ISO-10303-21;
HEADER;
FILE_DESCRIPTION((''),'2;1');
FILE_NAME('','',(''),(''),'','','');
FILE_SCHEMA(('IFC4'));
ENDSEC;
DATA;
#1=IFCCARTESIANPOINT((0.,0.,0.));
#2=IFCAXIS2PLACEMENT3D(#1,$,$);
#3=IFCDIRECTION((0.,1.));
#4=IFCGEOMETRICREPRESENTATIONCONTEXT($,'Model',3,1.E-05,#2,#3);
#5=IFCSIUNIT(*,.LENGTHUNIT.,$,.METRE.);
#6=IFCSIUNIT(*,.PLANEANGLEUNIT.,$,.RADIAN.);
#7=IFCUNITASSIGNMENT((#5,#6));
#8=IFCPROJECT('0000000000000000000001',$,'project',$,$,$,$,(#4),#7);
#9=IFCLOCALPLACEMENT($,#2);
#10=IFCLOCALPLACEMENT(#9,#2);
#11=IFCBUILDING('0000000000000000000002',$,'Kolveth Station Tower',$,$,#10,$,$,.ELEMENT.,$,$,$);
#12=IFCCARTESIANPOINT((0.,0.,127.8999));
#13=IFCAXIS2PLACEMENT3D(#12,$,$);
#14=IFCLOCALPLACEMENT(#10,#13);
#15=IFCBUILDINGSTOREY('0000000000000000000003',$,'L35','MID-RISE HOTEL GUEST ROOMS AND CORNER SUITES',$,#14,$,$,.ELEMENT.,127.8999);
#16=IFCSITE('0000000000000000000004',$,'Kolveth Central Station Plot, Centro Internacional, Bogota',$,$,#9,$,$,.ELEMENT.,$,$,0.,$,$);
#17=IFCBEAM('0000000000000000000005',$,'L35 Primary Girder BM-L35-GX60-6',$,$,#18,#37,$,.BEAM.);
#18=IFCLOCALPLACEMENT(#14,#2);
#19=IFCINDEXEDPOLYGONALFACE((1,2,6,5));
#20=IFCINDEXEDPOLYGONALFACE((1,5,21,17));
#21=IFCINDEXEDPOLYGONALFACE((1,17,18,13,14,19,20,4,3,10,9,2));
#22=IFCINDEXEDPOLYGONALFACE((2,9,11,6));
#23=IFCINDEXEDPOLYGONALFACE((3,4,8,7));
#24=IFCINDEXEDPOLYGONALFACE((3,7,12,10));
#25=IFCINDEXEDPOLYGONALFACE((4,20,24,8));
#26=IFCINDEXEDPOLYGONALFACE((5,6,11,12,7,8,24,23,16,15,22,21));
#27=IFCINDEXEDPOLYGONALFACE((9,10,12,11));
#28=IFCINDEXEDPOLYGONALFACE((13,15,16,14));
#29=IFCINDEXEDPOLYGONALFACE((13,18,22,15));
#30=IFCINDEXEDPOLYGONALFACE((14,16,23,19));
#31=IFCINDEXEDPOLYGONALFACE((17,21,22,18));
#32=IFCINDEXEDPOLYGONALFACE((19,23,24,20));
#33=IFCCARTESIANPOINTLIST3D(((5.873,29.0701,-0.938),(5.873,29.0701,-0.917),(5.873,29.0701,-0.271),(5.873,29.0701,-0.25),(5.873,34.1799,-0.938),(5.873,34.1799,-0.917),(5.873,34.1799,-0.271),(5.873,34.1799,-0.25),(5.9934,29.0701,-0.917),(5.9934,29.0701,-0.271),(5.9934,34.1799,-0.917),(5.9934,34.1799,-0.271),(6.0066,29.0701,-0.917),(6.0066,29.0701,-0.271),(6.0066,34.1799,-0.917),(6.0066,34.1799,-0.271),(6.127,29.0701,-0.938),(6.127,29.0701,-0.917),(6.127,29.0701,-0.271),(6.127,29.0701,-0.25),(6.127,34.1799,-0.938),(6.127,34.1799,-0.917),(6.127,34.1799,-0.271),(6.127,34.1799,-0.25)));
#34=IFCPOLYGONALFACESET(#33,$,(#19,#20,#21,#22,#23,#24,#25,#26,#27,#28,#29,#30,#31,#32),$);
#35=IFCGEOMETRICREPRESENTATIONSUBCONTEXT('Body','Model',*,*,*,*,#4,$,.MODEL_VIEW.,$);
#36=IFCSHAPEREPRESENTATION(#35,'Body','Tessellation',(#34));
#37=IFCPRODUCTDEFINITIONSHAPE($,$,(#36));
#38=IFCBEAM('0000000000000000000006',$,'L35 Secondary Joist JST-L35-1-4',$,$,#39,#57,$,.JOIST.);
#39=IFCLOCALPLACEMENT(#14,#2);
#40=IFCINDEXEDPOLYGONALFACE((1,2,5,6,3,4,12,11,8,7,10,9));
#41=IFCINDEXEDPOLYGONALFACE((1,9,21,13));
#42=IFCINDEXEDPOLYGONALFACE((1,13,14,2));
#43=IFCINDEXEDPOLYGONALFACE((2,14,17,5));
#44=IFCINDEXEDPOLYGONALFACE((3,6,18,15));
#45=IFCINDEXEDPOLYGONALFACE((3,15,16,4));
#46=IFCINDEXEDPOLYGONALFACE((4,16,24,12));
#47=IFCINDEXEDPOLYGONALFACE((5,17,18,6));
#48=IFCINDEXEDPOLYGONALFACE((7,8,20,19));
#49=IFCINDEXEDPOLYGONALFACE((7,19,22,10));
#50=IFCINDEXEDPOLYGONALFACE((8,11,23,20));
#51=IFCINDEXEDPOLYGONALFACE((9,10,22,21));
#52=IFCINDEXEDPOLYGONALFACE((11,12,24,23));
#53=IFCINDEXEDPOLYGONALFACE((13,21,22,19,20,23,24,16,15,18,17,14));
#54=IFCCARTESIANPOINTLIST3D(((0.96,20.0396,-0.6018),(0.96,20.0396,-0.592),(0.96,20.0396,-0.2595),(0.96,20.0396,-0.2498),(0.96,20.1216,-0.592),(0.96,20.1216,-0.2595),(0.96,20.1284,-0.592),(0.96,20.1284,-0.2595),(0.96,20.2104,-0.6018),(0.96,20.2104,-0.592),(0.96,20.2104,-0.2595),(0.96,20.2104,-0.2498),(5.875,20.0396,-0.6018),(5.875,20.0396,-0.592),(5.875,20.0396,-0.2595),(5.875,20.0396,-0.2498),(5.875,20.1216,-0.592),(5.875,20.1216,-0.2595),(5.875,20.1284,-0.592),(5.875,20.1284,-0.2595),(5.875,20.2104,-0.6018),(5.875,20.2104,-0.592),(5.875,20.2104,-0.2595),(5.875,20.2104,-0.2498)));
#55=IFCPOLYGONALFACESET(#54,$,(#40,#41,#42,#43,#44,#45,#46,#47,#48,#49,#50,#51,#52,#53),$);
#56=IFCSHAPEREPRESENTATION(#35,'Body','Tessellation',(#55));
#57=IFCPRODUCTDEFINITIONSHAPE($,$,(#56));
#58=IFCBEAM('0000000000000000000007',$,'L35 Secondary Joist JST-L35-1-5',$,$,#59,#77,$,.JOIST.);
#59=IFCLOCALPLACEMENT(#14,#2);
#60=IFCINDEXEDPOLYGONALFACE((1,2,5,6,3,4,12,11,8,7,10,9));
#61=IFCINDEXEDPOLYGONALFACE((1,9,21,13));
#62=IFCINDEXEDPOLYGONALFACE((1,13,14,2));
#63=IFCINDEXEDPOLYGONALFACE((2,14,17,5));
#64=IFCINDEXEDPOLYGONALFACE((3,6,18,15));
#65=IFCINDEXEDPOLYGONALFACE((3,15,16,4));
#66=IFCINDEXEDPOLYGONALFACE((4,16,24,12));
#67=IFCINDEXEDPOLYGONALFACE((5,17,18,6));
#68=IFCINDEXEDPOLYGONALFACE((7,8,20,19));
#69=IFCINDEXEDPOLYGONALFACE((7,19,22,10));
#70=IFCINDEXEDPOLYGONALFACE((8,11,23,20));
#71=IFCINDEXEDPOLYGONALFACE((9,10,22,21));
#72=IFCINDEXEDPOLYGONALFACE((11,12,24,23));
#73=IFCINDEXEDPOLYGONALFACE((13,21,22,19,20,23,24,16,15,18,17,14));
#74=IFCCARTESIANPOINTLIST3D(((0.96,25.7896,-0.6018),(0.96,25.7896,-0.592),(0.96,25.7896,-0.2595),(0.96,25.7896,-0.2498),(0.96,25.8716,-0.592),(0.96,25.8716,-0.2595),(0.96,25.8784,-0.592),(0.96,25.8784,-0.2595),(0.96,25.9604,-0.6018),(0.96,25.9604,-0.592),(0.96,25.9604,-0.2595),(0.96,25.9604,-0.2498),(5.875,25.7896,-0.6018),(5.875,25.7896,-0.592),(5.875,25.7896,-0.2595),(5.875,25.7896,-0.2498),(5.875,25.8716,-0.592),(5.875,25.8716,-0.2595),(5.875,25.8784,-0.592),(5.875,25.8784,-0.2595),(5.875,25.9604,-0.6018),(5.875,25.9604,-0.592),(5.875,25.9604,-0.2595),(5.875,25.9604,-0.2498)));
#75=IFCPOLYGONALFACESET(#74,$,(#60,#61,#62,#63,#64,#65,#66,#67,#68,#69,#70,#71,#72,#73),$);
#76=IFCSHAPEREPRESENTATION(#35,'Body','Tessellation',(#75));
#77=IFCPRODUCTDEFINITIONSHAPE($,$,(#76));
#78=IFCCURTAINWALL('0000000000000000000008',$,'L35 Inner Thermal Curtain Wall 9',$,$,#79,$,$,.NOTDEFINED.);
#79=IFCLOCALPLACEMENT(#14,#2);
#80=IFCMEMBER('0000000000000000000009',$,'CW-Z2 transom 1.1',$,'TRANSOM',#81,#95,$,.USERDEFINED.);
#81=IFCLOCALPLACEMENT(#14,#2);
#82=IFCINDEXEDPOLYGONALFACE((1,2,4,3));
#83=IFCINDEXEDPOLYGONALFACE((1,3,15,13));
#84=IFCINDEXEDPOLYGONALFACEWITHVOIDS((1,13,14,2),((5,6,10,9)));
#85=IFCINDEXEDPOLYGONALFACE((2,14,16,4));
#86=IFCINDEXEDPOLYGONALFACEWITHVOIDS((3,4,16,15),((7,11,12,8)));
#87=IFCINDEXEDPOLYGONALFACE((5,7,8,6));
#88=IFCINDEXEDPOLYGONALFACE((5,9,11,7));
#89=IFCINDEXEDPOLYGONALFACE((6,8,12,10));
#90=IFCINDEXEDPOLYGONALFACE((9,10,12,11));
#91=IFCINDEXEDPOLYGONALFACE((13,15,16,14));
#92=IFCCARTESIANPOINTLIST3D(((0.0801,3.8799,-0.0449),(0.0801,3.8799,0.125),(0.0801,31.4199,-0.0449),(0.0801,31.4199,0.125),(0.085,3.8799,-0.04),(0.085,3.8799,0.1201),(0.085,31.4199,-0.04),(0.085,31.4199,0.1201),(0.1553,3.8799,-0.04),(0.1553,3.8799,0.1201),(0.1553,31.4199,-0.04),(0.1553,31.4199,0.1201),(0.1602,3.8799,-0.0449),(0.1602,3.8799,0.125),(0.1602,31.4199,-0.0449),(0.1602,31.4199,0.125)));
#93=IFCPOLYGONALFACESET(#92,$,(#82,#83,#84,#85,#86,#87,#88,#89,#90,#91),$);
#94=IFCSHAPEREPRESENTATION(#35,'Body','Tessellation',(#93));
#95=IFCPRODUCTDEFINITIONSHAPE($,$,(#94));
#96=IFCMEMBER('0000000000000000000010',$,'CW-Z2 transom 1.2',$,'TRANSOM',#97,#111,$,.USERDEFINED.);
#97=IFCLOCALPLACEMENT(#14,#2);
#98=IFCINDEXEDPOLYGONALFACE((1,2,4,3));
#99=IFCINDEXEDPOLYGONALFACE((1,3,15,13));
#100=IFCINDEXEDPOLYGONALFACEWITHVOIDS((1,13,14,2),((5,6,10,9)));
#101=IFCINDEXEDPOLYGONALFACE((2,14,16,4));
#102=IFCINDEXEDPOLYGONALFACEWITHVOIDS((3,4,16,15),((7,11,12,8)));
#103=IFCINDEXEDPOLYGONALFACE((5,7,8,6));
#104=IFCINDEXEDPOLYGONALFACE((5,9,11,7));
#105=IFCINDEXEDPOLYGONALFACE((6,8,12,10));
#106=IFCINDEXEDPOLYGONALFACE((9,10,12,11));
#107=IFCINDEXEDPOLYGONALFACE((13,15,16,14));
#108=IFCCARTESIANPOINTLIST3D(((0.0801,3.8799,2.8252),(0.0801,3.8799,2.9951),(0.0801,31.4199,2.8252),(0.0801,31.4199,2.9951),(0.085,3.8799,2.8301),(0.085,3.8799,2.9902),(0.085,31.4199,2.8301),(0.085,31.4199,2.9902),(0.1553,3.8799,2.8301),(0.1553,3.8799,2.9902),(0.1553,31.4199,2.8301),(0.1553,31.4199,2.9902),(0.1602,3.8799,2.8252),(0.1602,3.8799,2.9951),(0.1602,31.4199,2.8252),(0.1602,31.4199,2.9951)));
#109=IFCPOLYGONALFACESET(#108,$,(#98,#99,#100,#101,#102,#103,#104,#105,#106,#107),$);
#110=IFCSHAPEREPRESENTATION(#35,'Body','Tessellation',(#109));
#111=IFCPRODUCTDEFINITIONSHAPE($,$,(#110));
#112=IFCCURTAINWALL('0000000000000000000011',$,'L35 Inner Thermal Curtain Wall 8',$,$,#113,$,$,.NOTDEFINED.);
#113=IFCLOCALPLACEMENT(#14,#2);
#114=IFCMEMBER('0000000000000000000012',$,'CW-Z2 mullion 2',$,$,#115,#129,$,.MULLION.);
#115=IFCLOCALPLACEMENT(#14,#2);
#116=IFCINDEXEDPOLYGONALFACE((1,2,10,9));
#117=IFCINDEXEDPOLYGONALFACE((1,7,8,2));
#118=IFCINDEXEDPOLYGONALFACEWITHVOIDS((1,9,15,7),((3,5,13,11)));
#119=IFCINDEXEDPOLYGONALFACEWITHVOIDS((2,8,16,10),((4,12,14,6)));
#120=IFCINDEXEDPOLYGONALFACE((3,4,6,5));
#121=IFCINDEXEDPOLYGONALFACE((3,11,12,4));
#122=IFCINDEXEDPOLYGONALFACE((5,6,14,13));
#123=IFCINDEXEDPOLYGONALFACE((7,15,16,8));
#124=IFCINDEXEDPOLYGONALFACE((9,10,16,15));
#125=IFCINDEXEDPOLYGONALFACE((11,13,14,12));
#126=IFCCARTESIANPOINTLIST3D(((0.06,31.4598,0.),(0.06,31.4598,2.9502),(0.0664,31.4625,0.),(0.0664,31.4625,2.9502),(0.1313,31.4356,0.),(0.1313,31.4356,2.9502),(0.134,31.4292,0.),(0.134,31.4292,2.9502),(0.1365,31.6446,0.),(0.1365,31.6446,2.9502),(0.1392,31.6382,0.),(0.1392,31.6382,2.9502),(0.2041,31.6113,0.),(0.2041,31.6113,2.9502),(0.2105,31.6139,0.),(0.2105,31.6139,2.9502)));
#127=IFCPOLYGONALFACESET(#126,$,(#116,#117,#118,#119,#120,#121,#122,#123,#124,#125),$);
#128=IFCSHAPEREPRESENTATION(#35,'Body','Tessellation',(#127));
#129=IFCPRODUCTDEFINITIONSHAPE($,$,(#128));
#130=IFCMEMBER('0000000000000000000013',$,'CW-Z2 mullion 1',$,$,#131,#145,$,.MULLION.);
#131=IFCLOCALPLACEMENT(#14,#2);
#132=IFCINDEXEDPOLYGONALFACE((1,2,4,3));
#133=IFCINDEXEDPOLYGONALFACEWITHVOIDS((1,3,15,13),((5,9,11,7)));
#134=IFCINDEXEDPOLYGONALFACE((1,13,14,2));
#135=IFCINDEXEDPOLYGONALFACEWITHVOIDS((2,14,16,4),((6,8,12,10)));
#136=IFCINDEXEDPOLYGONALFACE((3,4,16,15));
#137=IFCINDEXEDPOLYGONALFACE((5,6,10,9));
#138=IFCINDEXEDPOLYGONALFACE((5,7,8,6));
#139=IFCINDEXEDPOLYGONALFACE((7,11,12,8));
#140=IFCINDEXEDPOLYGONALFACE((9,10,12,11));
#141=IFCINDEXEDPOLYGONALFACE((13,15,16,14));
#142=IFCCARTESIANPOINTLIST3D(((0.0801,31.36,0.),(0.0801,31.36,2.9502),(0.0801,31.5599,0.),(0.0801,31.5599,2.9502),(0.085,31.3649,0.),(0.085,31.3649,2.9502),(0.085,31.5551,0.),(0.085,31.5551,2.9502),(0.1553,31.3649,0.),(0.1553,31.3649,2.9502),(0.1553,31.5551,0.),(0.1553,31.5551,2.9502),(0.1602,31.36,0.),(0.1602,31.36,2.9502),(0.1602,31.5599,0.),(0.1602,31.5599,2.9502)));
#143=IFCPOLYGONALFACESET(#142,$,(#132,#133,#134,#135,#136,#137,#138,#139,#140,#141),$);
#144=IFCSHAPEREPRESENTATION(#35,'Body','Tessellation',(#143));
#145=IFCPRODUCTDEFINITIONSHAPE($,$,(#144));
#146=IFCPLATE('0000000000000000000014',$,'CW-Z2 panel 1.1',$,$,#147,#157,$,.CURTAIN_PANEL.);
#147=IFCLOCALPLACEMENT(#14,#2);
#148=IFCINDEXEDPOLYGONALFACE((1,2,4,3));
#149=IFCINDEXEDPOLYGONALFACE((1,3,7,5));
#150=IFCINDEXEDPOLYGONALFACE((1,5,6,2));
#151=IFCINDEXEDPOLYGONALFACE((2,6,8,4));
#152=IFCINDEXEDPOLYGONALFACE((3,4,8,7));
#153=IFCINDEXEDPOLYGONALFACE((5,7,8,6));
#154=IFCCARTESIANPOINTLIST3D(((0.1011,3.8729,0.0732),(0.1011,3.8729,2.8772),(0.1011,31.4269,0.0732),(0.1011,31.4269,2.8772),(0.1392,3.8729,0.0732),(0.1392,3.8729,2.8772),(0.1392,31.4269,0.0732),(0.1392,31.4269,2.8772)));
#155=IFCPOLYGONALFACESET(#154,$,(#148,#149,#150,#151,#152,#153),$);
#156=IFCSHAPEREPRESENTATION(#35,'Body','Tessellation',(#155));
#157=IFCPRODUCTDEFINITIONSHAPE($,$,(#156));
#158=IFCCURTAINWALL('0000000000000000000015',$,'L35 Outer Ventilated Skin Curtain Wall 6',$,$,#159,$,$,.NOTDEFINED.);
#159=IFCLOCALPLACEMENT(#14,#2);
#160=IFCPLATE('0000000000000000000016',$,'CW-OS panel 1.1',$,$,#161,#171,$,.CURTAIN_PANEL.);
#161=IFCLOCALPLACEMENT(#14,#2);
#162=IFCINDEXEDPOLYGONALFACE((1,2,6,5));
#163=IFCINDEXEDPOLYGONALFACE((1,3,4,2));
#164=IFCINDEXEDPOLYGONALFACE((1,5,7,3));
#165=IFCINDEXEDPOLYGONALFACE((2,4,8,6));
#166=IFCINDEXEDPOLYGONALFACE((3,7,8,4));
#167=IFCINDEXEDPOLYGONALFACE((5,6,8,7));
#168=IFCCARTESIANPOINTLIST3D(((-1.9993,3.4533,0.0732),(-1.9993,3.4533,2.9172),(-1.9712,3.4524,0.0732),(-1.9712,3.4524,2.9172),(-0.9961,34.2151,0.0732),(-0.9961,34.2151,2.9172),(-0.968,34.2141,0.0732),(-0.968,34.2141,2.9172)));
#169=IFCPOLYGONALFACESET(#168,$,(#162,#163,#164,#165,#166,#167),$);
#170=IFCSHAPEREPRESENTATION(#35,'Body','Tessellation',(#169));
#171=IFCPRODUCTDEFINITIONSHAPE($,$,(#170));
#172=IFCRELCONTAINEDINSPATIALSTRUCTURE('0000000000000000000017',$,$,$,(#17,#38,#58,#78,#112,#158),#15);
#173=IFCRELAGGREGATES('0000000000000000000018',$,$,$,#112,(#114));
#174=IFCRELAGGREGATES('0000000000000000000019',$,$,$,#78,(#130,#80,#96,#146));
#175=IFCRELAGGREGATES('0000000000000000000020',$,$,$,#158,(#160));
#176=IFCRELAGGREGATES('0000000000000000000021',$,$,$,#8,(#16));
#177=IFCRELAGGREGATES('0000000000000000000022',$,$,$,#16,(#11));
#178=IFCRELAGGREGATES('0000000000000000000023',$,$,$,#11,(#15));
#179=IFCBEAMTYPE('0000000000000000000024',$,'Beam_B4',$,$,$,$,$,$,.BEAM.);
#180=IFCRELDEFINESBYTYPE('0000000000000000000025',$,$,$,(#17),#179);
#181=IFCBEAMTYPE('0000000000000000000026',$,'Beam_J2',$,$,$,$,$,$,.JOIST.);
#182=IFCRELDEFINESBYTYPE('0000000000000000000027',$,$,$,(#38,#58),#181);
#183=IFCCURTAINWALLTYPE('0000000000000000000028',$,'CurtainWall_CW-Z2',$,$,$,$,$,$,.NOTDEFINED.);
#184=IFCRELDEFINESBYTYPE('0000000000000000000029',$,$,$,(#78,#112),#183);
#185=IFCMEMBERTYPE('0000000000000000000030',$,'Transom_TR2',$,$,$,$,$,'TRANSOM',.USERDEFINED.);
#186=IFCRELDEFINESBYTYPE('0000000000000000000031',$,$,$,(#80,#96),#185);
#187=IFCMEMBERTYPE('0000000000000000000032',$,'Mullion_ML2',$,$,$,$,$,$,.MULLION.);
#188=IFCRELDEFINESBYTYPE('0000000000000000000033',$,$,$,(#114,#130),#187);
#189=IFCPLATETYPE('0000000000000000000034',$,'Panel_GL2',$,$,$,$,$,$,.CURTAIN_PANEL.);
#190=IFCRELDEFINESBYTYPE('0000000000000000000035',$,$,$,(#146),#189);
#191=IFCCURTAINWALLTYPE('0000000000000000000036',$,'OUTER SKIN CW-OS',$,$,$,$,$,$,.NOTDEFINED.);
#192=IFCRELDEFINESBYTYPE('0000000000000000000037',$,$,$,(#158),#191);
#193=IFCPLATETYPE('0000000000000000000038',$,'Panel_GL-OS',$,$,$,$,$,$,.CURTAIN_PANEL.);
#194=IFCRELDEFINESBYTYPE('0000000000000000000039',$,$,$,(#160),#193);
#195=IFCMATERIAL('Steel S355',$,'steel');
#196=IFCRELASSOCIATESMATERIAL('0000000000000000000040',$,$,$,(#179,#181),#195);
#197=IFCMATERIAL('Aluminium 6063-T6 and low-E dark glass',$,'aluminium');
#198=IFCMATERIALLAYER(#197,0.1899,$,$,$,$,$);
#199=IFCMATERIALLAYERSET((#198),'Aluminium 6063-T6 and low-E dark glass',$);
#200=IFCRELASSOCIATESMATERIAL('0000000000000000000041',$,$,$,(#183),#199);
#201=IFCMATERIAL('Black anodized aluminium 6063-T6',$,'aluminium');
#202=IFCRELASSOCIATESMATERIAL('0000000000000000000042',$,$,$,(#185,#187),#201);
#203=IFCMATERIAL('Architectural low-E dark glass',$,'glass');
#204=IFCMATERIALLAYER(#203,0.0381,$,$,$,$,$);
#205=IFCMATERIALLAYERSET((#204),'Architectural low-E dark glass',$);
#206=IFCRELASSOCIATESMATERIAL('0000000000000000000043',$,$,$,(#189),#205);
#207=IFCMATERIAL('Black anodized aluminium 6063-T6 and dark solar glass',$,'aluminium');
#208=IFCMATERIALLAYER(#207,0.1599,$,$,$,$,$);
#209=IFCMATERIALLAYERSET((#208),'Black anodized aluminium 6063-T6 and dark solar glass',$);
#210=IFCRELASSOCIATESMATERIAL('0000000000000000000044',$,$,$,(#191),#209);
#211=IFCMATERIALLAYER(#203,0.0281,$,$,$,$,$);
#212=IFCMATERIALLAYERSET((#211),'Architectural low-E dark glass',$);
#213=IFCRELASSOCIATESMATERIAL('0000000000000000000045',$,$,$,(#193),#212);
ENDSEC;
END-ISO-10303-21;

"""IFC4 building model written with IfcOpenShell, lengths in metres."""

from ifc_helpers import new_model, si_unit, direction, frame, origin, origin_2d, place, context, subcontext, project, spatial, rectangle, hollow_rectangle, i_section, extrude, source, transform, mapped, material, layer, layer_set, material_profile, profile_set, type_object, element, aggregate, save


model = new_model("IFC4")

# Units and contexts
model_context = context("Model", 3, precision=1e-05, world=origin(), true_north=direction((0.0, 1.0)))
body_context = subcontext(model_context, "Body", "Model", "MODEL_VIEW")
ifc_project = project(units=[si_unit("LENGTHUNIT", "METRE"), si_unit("PLANEANGLEUNIT", "RADIAN")], contexts=[model_context])

# Site, building, storey
site_placement = place(None, origin())
site = spatial("IfcSite", under=ifc_project, at=site_placement, Name="Kolveth Central Station Plot, Centro Internacional, Bogota", CompositionType="ELEMENT", RefElevation=0.0)
building_placement = place(site_placement, origin())
building = spatial("IfcBuilding", under=site, at=building_placement, Name="Kolveth Station Tower", CompositionType="ELEMENT")
storey_placement = place(building_placement, frame((0.0, 0.0, 127.8999)))
storey = spatial("IfcBuildingStorey", under=building, at=storey_placement, Name="L35", Description="MID-RISE HOTEL GUEST ROOMS AND CORNER SUITES", CompositionType="ELEMENT", Elevation=127.8999)

# Beams
ifc_material_1 = material(Name="Steel S355", Category="steel")
ifc_material_profile_1 = material_profile(ifc_material_1, i_section(OverallWidth=0.2539, OverallDepth=0.688, WebThickness=0.0132, FlangeThickness=0.021, at=origin_2d()), Name="W690x152")
ifc_profile_set_1 = profile_set([ifc_material_profile_1], Name="Steel S355")
beam_type_1 = type_object("IfcBeamType", Name="Beam_B4", PredefinedType="BEAM", material=ifc_profile_set_1)
shared_shape_1 = source(origin(), body_context, "Body", "SweptSolid", [
    extrude(i_section(OverallWidth=0.2539, OverallDepth=0.688, WebThickness=0.0132, FlangeThickness=0.021, at=origin_2d()), origin(), (0.0, 0.0, 1.0), 5.1099),
])
for number, where, z_axis, x_axis, name in (
    (1, (6.0, 29.0701, -0.594), (0.0, 1.0, 0.0), (-1.0, 0.0, 0.0), "L35 Primary Girder BM-L35-GX60-6"),
):
    element("IfcBeam", number, at=place(storey_placement, frame(where, z_axis=z_axis, x_axis=x_axis)), inside=storey, type_object=beam_type_1, Name=name, PredefinedType="BEAM", context=body_context, shape_type="MappedRepresentation", body=[
        mapped(shared_shape_1, transform((0.0, 0.0, 0.0), x_axis=(1.0, 0.0, 0.0), y_axis=(0.0, 1.0, 0.0), z_axis=(0.0, 0.0, 1.0), scale=1.0)),
    ])
ifc_material_profile_2 = material_profile(ifc_material_1, i_section(OverallWidth=0.1709, OverallDepth=0.3521, WebThickness=0.0068, FlangeThickness=0.0098, at=origin_2d()), Name="W360x44")
ifc_profile_set_2 = profile_set([ifc_material_profile_2], Name="Steel S355")
beam_type_2 = type_object("IfcBeamType", Name="Beam_J2", PredefinedType="JOIST", material=ifc_profile_set_2)
shared_shape_2 = source(origin(), body_context, "Body", "SweptSolid", [
    extrude(i_section(OverallWidth=0.1709, OverallDepth=0.3521, WebThickness=0.0068, FlangeThickness=0.0098, at=origin_2d()), origin(), (0.0, 0.0, 1.0), 4.915),
])
for number, where, z_axis, x_axis, name in (
    (2, (0.96, 20.125, -0.4258), (1.0, 0.0, 0.0), (0.0, 1.0, 0.0), "L35 Secondary Joist JST-L35-1-4"),
    (3, (0.96, 25.875, -0.4258), (1.0, 0.0, 0.0), (0.0, 1.0, 0.0), "L35 Secondary Joist JST-L35-1-5"),
):
    element("IfcBeam", number, at=place(storey_placement, frame(where, z_axis=z_axis, x_axis=x_axis)), inside=storey, type_object=beam_type_2, Name=name, PredefinedType="JOIST", context=body_context, shape_type="MappedRepresentation", body=[
        mapped(shared_shape_2, transform((0.0, 0.0, 0.0), x_axis=(1.0, 0.0, 0.0), y_axis=(0.0, 1.0, 0.0), z_axis=(0.0, 0.0, 1.0), scale=1.0)),
    ])

# Curtain wall, members
ifc_material_2 = material(Name="Aluminium 6063-T6 and low-E dark glass", Category="aluminium")
ifc_layer_1 = layer(ifc_material_2, 0.1899)
ifc_layer_set_1 = layer_set([ifc_layer_1], Name="Aluminium 6063-T6 and low-E dark glass")
curtain_wall_type_1 = type_object("IfcCurtainWallType", Name="CurtainWall_CW-Z2", PredefinedType="NOTDEFINED", material=ifc_layer_set_1)
curtain_wall_1_placement = place(storey_placement, origin())
curtain_wall_1 = element("IfcCurtainWall", 4, at=curtain_wall_1_placement, inside=storey, type_object=curtain_wall_type_1, Name="L35 Inner Thermal Curtain Wall 9", PredefinedType="NOTDEFINED")
ifc_material_3 = material(Name="Black anodized aluminium 6063-T6", Category="aluminium")
ifc_material_profile_3 = material_profile(ifc_material_3, hollow_rectangle(XDim=0.0801, YDim=0.1699, WallThickness=0.0049, at=origin_2d()), Name="ALU-80x170x5")
ifc_profile_set_3 = profile_set([ifc_material_profile_3], Name="Black anodized aluminium 6063-T6")
member_type_1 = type_object("IfcMemberType", Name="Transom_TR2", ElementType="TRANSOM", PredefinedType="USERDEFINED", material=ifc_profile_set_3)
shared_shape_3 = source(origin(), body_context, "Body", "SweptSolid", [
    extrude(hollow_rectangle(XDim=0.0801, YDim=0.1699, WallThickness=0.0049, at=origin_2d()), origin(), (0.0, 0.0, 1.0), 27.54),
])
member_1_placement = place(storey_placement, frame((0.1201, 31.4199, 0.04), z_axis=(0.0, -1.0, 0.0), x_axis=(1.0, 0.0, 0.0)))
member_1 = element("IfcMember", 5, at=member_1_placement, type_object=member_type_1, Name="CW-Z2 transom 1.1", ObjectType="TRANSOM", PredefinedType="USERDEFINED", context=body_context, shape_type="MappedRepresentation", body=[
    mapped(shared_shape_3, transform((0.0, 0.0, 0.0), x_axis=(1.0, 0.0, 0.0), y_axis=(0.0, 1.0, 0.0), z_axis=(0.0, 0.0, 1.0), scale=1.0)),
])
member_2_placement = place(storey_placement, frame((0.1201, 31.4199, 2.9102), z_axis=(0.0, -1.0, 0.0), x_axis=(1.0, 0.0, 0.0)))
member_2 = element("IfcMember", 6, at=member_2_placement, type_object=member_type_1, Name="CW-Z2 transom 1.2", ObjectType="TRANSOM", PredefinedType="USERDEFINED", context=body_context, shape_type="MappedRepresentation", body=[
    mapped(shared_shape_3, transform((0.0, 0.0, 0.0), x_axis=(1.0, 0.0, 0.0), y_axis=(0.0, 1.0, 0.0), z_axis=(0.0, 0.0, 1.0), scale=1.0)),
])

# Curtain wall, member
curtain_wall_2_placement = place(storey_placement, origin())
curtain_wall_2 = element("IfcCurtainWall", 7, at=curtain_wall_2_placement, inside=storey, type_object=curtain_wall_type_1, Name="L35 Inner Thermal Curtain Wall 8", PredefinedType="NOTDEFINED")
ifc_material_profile_4 = material_profile(ifc_material_3, hollow_rectangle(XDim=0.0801, YDim=0.2, WallThickness=0.0049, at=origin_2d()), Name="ALU-80x200x5")
ifc_profile_set_4 = profile_set([ifc_material_profile_4], Name="Black anodized aluminium 6063-T6")
member_type_2 = type_object("IfcMemberType", Name="Mullion_ML2", PredefinedType="MULLION", material=ifc_profile_set_4)
shared_shape_4 = source(origin(), body_context, "Body", "SweptSolid", [
    extrude(hollow_rectangle(XDim=0.0801, YDim=0.2, WallThickness=0.0049, at=origin_2d()), origin(), (0.0, 0.0, 1.0), 2.9502),
])
member_3_placement = place(storey_placement, frame((0.1353, 31.5369, 0.0), z_axis=(0.0, 0.0, 1.0), x_axis=(0.923888, -0.382663, 0.0)))
member_3 = element("IfcMember", 8, at=member_3_placement, type_object=member_type_2, Name="CW-Z2 mullion 2", PredefinedType="MULLION", context=body_context, shape_type="MappedRepresentation", body=[
    mapped(shared_shape_4, transform((0.0, 0.0, 0.0), x_axis=(1.0, 0.0, 0.0), y_axis=(0.0, 1.0, 0.0), z_axis=(0.0, 0.0, 1.0), scale=1.0)),
])
aggregate(curtain_wall_2, [member_3])

# Member
member_4_placement = place(storey_placement, frame((0.1201, 31.46, 0.0), z_axis=(0.0, 0.0, 1.0), x_axis=(1.0, 0.0, 0.0)))
member_4 = element("IfcMember", 9, at=member_4_placement, type_object=member_type_2, Name="CW-Z2 mullion 1", PredefinedType="MULLION", context=body_context, shape_type="MappedRepresentation", body=[
    mapped(shared_shape_4, transform((0.0, 0.0, 0.0), x_axis=(1.0, 0.0, 0.0), y_axis=(0.0, 1.0, 0.0), z_axis=(0.0, 0.0, 1.0), scale=1.0)),
])

# Plate
ifc_material_4 = material(Name="Architectural low-E dark glass", Category="glass")
ifc_layer_2 = layer(ifc_material_4, 0.0381)
ifc_layer_set_2 = layer_set([ifc_layer_2], Name="Architectural low-E dark glass")
plate_type_1 = type_object("IfcPlateType", Name="Panel_GL2", PredefinedType="CURTAIN_PANEL", material=ifc_layer_set_2)
shared_shape_5 = source(origin(), body_context, "Body", "SweptSolid", [
    extrude(rectangle(XDim=27.554, YDim=0.0381, at=origin_2d()), origin(), (0.0, 0.0, 1.0), 2.804),
])
plate_1_placement = place(storey_placement, frame((0.1201, 17.6499, 0.0732), z_axis=(0.0, 0.0, 1.0), x_axis=(0.0, -1.0, 0.0)))
plate_1 = element("IfcPlate", 10, at=plate_1_placement, type_object=plate_type_1, Name="CW-Z2 panel 1.1", PredefinedType="CURTAIN_PANEL", context=body_context, shape_type="MappedRepresentation", body=[
    mapped(shared_shape_5, transform((0.0, 0.0, 0.0), x_axis=(1.0, 0.0, 0.0), y_axis=(0.0, 1.0, 0.0), z_axis=(0.0, 0.0, 1.0), scale=1.0)),
])
aggregate(curtain_wall_1, [member_4, member_1, member_2, plate_1])

# Curtain wall, plate
ifc_material_5 = material(Name="Black anodized aluminium 6063-T6 and dark solar glass", Category="aluminium")
ifc_layer_3 = layer(ifc_material_5, 0.1599)
ifc_layer_set_3 = layer_set([ifc_layer_3], Name="Black anodized aluminium 6063-T6 and dark solar glass")
curtain_wall_type_2 = type_object("IfcCurtainWallType", Name="OUTER SKIN CW-OS", PredefinedType="NOTDEFINED", material=ifc_layer_set_3)
curtain_wall_3_placement = place(storey_placement, origin())
curtain_wall_3 = element("IfcCurtainWall", 11, at=curtain_wall_3_placement, inside=storey, type_object=curtain_wall_type_2, Name="L35 Outer Ventilated Skin Curtain Wall 6", PredefinedType="NOTDEFINED")
ifc_layer_4 = layer(ifc_material_4, 0.0281)
ifc_layer_set_4 = layer_set([ifc_layer_4], Name="Architectural low-E dark glass")
plate_type_2 = type_object("IfcPlateType", Name="Panel_GL-OS", PredefinedType="CURTAIN_PANEL", material=ifc_layer_set_4)
shared_shape_6 = source(origin(), body_context, "Body", "SweptSolid", [
    extrude(rectangle(XDim=30.7781, YDim=0.0281, at=origin_2d()), origin(), (0.0, 0.0, 1.0), 2.844),
])
plate_2_placement = place(storey_placement, frame((-1.4836, 18.8337, 0.0732), z_axis=(0.0, 0.0, 1.0), x_axis=(-0.032594, -0.999469, 0.0)))
plate_2 = element("IfcPlate", 12, at=plate_2_placement, type_object=plate_type_2, Name="CW-OS panel 1.1", PredefinedType="CURTAIN_PANEL", context=body_context, shape_type="MappedRepresentation", body=[
    mapped(shared_shape_6, transform((0.0, 0.0, 0.0), x_axis=(1.0, 0.0, 0.0), y_axis=(0.0, 1.0, 0.0), z_axis=(0.0, 0.0, 1.0), scale=1.0)),
])
aggregate(curtain_wall_3, [plate_2])

save(model, "model.ifc")
